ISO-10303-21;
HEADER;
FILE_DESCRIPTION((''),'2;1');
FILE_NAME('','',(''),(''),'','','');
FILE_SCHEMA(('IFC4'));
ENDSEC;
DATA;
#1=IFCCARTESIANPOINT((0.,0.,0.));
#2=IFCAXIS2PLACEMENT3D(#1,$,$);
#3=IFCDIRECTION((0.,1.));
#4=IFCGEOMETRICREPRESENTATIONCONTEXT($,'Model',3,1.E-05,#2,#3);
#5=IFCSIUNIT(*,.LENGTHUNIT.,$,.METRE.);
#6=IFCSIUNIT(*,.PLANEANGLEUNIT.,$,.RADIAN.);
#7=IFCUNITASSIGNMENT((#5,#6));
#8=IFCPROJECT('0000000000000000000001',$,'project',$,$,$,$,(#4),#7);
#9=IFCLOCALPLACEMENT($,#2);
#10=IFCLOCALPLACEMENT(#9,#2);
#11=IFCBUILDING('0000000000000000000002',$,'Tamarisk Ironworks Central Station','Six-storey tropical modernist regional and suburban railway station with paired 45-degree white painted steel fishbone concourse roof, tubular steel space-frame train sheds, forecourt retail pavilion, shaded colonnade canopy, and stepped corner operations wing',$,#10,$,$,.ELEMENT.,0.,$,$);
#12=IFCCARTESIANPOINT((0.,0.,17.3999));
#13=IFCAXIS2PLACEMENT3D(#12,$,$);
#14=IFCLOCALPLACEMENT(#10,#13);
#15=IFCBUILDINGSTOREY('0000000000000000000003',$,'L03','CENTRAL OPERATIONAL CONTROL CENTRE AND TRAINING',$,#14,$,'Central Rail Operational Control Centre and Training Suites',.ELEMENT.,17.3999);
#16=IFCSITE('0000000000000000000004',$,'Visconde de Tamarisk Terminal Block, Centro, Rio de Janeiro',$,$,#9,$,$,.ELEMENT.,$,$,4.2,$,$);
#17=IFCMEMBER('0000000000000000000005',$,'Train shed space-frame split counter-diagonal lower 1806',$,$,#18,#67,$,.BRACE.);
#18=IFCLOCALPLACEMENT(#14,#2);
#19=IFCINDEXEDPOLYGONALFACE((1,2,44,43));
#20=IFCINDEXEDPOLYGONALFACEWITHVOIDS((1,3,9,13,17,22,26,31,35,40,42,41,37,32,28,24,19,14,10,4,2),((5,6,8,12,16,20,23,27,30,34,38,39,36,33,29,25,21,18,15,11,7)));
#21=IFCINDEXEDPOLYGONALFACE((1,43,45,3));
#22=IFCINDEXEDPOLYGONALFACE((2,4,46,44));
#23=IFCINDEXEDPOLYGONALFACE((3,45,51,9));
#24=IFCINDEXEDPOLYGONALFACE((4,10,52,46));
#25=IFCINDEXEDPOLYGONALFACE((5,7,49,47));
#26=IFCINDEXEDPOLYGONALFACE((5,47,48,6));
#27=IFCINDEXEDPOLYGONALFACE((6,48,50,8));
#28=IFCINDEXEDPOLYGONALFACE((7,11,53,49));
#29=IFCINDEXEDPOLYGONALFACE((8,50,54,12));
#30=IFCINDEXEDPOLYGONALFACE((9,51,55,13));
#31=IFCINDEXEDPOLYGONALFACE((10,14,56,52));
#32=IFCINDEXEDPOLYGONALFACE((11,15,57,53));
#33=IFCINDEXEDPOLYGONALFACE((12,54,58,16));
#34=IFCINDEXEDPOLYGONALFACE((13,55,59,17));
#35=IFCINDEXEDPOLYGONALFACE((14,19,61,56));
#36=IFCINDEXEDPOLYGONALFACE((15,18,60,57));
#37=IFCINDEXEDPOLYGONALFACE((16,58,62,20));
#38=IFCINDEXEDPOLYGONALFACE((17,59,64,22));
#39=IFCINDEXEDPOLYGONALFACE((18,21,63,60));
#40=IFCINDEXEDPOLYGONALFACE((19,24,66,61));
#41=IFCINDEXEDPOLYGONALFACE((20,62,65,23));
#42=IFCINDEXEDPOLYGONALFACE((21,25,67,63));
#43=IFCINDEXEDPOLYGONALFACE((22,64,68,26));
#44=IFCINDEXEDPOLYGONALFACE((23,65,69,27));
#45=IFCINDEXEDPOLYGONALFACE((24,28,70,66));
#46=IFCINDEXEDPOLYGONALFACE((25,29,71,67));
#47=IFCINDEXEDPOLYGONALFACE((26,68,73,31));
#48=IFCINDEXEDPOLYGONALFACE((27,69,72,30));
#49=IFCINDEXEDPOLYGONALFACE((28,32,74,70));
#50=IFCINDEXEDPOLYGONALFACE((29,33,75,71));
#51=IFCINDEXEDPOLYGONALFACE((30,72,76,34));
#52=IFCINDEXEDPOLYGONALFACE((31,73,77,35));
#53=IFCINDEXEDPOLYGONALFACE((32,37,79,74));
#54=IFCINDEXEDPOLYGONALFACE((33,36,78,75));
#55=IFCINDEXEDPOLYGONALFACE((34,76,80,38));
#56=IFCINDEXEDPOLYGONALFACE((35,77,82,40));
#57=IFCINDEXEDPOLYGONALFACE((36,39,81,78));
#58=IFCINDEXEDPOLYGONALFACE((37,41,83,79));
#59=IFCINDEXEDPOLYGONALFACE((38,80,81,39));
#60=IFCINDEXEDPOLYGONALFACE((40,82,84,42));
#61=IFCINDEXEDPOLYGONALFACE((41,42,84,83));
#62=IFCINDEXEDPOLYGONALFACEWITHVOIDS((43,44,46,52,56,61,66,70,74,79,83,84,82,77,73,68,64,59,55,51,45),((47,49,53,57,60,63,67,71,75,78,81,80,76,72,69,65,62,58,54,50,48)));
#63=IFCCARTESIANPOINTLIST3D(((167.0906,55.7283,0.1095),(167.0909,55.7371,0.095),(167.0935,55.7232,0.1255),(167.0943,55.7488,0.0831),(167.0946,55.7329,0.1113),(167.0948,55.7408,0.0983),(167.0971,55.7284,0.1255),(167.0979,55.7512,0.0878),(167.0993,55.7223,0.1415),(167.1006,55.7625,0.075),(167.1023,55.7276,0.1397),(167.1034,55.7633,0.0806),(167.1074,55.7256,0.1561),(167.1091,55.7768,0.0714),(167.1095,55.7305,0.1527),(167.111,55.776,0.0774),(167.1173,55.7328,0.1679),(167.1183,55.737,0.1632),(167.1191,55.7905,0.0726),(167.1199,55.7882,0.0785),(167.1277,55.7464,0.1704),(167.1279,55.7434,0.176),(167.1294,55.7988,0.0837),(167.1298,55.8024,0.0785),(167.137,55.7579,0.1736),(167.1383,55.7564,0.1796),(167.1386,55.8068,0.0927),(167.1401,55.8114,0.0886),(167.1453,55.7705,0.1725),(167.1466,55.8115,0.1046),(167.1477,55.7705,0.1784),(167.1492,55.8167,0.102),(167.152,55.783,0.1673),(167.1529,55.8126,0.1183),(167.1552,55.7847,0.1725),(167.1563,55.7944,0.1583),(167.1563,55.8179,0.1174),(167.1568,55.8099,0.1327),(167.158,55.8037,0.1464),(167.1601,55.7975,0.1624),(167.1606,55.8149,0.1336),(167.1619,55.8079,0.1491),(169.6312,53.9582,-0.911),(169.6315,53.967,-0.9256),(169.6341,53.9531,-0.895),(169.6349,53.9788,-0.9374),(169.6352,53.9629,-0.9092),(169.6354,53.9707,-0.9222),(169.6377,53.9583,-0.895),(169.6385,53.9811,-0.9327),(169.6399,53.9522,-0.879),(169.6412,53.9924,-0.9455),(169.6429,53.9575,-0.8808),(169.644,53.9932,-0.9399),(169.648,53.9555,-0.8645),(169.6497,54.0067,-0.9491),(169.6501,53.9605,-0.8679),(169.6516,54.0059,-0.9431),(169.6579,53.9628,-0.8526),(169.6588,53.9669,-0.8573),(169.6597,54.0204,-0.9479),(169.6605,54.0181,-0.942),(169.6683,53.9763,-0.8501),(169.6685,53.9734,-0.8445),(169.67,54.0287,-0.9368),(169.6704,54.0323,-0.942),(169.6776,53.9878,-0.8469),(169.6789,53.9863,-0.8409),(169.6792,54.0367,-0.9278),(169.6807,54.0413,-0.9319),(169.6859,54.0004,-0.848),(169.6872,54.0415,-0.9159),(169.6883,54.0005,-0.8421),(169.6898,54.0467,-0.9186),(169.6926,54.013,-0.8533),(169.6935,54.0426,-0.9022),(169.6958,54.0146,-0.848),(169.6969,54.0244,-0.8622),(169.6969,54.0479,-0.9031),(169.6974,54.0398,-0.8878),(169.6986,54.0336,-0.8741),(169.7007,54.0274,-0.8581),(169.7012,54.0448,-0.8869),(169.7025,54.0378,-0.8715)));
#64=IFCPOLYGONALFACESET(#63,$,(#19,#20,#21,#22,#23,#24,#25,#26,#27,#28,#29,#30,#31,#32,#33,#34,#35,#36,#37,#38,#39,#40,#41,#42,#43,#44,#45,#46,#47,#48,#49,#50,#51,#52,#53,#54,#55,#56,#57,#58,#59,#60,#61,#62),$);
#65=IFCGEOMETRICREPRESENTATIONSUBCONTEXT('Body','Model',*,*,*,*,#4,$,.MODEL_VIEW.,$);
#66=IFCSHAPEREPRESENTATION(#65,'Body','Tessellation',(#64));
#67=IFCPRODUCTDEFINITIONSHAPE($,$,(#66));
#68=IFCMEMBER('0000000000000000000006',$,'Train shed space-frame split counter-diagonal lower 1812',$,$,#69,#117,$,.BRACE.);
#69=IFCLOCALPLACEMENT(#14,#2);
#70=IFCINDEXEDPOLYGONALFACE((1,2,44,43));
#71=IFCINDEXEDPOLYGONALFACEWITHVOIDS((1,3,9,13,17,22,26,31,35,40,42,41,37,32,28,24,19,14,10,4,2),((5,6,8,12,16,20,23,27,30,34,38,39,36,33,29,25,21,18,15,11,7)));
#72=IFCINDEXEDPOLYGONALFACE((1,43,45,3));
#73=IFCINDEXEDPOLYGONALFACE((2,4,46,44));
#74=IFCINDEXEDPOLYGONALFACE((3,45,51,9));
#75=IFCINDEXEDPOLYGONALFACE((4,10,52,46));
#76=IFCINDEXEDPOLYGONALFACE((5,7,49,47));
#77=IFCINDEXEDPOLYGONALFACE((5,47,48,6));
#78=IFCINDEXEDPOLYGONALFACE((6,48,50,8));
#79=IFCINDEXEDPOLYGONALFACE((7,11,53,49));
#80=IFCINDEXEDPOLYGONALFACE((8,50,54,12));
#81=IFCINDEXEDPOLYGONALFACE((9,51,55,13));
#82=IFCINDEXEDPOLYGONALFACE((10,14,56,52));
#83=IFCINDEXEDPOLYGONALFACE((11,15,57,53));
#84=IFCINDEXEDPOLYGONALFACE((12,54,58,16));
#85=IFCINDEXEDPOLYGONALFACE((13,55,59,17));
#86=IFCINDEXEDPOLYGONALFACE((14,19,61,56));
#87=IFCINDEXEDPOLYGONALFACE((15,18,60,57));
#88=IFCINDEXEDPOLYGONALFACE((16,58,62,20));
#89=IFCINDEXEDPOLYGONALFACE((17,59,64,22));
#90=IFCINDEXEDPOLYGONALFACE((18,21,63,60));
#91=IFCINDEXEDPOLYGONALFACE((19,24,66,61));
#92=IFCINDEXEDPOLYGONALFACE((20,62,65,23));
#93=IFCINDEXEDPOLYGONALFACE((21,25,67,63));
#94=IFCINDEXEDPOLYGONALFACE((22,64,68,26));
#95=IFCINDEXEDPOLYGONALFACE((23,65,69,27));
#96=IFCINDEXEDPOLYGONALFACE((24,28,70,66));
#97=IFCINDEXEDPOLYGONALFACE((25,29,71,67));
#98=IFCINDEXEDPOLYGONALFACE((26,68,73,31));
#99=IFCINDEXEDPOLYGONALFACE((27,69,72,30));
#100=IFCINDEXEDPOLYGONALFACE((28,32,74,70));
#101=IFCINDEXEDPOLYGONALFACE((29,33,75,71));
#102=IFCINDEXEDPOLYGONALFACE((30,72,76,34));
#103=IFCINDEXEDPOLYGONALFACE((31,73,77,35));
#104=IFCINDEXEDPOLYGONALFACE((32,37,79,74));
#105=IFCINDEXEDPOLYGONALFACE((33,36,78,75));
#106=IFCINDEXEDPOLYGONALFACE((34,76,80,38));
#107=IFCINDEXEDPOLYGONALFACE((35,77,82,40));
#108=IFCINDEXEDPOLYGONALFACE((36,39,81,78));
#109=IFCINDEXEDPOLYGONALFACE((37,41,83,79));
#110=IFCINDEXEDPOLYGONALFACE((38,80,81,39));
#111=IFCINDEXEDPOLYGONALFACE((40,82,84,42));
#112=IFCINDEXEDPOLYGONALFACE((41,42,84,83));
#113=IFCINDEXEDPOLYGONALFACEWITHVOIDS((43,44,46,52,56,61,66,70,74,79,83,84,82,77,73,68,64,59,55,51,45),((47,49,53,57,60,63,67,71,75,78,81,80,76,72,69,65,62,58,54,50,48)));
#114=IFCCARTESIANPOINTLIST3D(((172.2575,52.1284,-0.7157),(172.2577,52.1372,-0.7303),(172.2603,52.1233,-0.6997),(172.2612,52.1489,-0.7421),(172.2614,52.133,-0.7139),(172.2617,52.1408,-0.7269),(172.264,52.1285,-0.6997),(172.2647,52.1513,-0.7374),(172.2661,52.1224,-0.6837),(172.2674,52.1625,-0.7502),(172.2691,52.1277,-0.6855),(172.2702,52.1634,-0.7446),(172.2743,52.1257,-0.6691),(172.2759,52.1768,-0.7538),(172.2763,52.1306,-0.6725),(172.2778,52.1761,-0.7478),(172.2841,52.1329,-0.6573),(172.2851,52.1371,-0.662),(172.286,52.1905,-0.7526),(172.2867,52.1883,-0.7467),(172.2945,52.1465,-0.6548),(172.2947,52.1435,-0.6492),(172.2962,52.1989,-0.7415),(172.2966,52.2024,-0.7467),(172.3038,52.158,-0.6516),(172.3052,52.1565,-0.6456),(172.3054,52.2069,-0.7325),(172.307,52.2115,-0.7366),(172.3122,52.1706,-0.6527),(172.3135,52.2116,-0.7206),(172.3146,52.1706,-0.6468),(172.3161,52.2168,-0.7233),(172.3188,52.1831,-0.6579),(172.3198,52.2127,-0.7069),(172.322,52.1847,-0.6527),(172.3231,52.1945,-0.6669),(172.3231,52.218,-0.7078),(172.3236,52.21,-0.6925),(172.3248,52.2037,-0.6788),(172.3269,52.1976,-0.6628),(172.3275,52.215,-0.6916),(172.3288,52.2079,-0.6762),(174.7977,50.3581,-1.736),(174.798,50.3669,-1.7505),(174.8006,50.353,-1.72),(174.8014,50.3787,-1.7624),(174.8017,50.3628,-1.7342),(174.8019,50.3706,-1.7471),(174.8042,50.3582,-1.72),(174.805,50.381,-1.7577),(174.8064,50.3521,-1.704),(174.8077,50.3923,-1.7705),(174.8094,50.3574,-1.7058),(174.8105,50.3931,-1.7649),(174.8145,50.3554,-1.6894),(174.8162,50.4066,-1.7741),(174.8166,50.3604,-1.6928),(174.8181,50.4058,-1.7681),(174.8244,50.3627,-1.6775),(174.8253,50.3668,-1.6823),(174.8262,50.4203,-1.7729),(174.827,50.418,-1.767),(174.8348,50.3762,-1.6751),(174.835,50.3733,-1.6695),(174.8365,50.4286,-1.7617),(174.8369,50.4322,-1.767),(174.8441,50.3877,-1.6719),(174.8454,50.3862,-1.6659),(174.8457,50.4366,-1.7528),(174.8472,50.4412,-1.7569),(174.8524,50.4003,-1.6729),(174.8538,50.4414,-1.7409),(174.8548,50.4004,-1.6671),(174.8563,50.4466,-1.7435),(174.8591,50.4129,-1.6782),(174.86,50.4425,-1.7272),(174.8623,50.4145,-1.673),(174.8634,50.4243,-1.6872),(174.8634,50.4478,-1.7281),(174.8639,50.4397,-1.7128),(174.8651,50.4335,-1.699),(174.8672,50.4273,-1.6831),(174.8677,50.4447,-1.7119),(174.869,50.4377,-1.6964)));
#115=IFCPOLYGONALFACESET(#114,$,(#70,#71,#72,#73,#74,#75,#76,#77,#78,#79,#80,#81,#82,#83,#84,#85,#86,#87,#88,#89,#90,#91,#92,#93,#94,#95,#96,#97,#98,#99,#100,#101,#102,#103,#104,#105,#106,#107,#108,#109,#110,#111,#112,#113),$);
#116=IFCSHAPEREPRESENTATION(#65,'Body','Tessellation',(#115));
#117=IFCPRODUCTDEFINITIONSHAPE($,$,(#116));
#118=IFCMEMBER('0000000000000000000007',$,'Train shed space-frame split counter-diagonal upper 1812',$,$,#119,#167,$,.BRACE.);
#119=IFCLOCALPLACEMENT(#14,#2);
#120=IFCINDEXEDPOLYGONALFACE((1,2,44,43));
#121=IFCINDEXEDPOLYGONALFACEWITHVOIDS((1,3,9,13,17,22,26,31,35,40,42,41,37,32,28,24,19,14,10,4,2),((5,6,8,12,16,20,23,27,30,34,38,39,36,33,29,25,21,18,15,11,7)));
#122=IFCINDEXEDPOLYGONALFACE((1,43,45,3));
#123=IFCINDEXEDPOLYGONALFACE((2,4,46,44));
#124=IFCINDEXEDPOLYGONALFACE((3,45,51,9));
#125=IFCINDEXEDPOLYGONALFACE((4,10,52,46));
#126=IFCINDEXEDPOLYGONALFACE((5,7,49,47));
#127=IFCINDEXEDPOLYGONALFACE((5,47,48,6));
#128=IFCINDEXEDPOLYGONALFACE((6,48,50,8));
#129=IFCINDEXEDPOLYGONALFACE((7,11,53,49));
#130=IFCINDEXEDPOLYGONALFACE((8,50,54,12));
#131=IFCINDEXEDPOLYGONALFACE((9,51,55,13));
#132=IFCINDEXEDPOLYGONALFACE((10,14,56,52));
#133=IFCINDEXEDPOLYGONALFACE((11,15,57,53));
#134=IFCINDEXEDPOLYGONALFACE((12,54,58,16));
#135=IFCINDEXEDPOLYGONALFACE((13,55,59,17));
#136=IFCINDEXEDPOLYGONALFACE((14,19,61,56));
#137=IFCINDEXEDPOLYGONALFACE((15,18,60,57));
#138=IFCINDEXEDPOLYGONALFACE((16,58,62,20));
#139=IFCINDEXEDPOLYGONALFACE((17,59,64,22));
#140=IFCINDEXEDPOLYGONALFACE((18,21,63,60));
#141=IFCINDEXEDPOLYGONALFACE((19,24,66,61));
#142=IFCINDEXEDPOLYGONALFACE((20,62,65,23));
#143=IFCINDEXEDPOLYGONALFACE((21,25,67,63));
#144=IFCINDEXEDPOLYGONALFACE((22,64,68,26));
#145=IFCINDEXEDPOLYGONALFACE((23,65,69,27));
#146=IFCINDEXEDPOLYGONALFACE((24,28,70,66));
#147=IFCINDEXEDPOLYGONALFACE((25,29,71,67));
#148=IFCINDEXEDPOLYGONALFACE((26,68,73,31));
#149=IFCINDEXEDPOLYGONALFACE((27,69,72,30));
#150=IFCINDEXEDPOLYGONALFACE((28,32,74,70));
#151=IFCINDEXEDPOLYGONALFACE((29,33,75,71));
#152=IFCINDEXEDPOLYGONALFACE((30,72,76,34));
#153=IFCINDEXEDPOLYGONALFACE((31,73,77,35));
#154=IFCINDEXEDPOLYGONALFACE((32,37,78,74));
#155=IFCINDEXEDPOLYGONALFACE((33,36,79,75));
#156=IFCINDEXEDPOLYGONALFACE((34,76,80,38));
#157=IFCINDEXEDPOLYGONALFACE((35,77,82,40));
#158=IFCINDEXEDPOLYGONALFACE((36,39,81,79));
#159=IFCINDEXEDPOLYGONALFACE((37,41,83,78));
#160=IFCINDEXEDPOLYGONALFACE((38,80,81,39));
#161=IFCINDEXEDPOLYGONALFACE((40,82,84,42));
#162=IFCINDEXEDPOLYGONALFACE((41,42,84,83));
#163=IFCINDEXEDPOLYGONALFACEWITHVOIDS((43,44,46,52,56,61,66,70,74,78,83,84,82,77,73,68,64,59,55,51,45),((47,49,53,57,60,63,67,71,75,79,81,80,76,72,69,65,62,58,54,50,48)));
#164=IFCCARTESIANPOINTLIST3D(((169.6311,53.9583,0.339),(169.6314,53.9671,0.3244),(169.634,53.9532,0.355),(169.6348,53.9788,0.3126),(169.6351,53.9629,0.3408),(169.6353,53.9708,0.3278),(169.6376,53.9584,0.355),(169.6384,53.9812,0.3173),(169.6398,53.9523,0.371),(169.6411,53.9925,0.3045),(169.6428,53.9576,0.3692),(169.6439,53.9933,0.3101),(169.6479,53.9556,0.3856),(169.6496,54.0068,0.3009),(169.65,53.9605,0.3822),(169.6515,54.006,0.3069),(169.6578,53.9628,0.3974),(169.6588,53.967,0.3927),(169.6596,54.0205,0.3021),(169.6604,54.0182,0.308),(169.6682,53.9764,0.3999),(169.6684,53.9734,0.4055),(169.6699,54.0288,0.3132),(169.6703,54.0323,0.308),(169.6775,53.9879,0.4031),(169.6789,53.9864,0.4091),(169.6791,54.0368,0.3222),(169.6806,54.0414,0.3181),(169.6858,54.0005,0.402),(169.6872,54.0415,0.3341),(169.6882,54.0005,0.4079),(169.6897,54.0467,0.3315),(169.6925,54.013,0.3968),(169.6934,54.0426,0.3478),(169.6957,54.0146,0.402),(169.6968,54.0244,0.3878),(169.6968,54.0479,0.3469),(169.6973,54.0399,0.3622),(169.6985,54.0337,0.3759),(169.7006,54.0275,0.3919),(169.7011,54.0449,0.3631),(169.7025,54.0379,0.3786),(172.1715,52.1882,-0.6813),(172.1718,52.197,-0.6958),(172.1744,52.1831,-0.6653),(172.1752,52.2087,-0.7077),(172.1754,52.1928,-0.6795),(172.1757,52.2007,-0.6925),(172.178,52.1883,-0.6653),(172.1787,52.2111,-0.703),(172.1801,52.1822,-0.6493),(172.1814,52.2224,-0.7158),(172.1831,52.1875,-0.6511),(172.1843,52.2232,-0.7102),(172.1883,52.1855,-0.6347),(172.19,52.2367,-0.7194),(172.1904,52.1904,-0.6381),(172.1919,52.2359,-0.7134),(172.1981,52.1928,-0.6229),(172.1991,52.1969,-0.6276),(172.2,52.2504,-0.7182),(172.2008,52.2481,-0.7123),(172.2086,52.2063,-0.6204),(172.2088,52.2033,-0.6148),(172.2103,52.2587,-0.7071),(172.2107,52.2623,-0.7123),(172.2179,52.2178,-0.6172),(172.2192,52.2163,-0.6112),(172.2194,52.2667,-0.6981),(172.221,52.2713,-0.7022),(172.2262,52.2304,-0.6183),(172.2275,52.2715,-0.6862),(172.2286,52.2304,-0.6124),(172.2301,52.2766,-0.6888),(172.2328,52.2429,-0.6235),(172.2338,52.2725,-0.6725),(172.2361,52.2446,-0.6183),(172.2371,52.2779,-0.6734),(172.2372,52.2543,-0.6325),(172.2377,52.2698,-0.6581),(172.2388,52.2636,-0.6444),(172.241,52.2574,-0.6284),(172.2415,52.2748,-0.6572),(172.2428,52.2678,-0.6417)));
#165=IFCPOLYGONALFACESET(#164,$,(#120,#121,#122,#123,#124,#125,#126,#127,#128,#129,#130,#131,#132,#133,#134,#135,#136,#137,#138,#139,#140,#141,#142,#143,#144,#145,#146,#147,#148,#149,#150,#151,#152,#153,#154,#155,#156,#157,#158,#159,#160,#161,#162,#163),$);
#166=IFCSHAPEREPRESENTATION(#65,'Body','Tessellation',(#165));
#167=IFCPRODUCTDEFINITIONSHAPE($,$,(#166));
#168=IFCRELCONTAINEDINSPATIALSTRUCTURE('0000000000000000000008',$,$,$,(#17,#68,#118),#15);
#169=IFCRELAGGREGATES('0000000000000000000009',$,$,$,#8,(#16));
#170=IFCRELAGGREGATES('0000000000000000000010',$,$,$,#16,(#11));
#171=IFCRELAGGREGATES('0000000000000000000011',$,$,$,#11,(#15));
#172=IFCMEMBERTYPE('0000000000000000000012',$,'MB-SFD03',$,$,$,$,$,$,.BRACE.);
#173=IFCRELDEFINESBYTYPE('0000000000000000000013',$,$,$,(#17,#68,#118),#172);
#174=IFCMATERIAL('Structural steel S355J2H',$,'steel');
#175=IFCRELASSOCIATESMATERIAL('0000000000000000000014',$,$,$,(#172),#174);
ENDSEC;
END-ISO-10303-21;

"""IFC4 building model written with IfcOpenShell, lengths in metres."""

from ifc_helpers import new_model, si_unit, direction, frame, origin, origin_2d, place, context, subcontext, project, spatial, hollow_circle, extrude, material, material_profile, profile_set, type_object, element, save


model = new_model("IFC4")

# Units and contexts
model_context = context("Model", 3, precision=1e-05, world=origin(), true_north=direction((0.0, 1.0)))
body_context = subcontext(model_context, "Body", "Model", "MODEL_VIEW")
ifc_project = project(units=[si_unit("LENGTHUNIT", "METRE"), si_unit("PLANEANGLEUNIT", "RADIAN")], contexts=[model_context])

# Site, building, storey
site_placement = place(None, origin())
site = spatial("IfcSite", under=ifc_project, at=site_placement, Name="Visconde de Tamarisk Terminal Block, Centro, Rio de Janeiro", CompositionType="ELEMENT", RefElevation=4.2)
building_placement = place(site_placement, origin())
building = spatial("IfcBuilding", under=site, at=building_placement, Name="Tamarisk Ironworks Central Station", Description="Six-storey tropical modernist regional and suburban railway station with paired 45-degree white painted steel fishbone concourse roof, tubular steel space-frame train sheds, forecourt retail pavilion, shaded colonnade canopy, and stepped corner operations wing", CompositionType="ELEMENT", ElevationOfRefHeight=0.0)
storey_placement = place(building_placement, frame((0.0, 0.0, 17.3999)))
storey = spatial("IfcBuildingStorey", under=building, at=storey_placement, Name="L03", Description="CENTRAL OPERATIONAL CONTROL CENTRE AND TRAINING", LongName="Central Rail Operational Control Centre and Training Suites", CompositionType="ELEMENT", Elevation=17.3999)

# Members
ifc_material_1 = material(Name="Structural steel S355J2H", Category="steel")
ifc_material_profile_1 = material_profile(ifc_material_1, hollow_circle(Radius=0.0571, WallThickness=0.0063, at=origin_2d()), Name="CHS 114.3x6.3")
ifc_profile_set_1 = profile_set([ifc_material_profile_1], Name="Structural steel S355J2H")
member_type_1 = type_object("IfcMemberType", Name="MB-SFD03", PredefinedType="BRACE", material=ifc_profile_set_1)
member_1_placement = place(storey_placement, frame((169.6667, 54.0, -0.895), z_axis=(-0.779263, 0.542923, 0.313023), x_axis=(-0.571651, -0.820497, 0.0)))
element("IfcMember", 1, at=member_1_placement, inside=storey, type_object=member_type_1, Name="Train shed space-frame split counter-diagonal lower 1806", PredefinedType="BRACE", context=body_context, shape_type="SweptSolid", body=[
    extrude(hollow_circle(Radius=0.0571, WallThickness=0.0063, at=origin_2d()), origin(), (0.0, 0.0, 1.0), 3.2603),
])
for number, where, z_axis, x_axis, name in (
    (2, (174.8333, 50.3999, -1.72), (-0.77922, 0.54302, 0.312961), (-0.571741, -0.820434, 0.0), "Train shed space-frame split counter-diagonal lower 1812"),
    (3, (172.207, 52.23, -0.6653), (-0.779252, 0.542967, 0.312974), (-0.571688, -0.820471, 0.0), "Train shed space-frame split counter-diagonal upper 1812"),
):
    element("IfcMember", number, at=place(storey_placement, frame(where, z_axis=z_axis, x_axis=x_axis)), inside=storey, type_object=member_type_1, Name=name, PredefinedType="BRACE", context=body_context, shape_type="SweptSolid", body=[
        extrude(hollow_circle(Radius=0.0571, WallThickness=0.0063, at=origin_2d()), origin(), (0.0, 0.0, 1.0), 3.26),
    ])

save(model, "model.ifc")
